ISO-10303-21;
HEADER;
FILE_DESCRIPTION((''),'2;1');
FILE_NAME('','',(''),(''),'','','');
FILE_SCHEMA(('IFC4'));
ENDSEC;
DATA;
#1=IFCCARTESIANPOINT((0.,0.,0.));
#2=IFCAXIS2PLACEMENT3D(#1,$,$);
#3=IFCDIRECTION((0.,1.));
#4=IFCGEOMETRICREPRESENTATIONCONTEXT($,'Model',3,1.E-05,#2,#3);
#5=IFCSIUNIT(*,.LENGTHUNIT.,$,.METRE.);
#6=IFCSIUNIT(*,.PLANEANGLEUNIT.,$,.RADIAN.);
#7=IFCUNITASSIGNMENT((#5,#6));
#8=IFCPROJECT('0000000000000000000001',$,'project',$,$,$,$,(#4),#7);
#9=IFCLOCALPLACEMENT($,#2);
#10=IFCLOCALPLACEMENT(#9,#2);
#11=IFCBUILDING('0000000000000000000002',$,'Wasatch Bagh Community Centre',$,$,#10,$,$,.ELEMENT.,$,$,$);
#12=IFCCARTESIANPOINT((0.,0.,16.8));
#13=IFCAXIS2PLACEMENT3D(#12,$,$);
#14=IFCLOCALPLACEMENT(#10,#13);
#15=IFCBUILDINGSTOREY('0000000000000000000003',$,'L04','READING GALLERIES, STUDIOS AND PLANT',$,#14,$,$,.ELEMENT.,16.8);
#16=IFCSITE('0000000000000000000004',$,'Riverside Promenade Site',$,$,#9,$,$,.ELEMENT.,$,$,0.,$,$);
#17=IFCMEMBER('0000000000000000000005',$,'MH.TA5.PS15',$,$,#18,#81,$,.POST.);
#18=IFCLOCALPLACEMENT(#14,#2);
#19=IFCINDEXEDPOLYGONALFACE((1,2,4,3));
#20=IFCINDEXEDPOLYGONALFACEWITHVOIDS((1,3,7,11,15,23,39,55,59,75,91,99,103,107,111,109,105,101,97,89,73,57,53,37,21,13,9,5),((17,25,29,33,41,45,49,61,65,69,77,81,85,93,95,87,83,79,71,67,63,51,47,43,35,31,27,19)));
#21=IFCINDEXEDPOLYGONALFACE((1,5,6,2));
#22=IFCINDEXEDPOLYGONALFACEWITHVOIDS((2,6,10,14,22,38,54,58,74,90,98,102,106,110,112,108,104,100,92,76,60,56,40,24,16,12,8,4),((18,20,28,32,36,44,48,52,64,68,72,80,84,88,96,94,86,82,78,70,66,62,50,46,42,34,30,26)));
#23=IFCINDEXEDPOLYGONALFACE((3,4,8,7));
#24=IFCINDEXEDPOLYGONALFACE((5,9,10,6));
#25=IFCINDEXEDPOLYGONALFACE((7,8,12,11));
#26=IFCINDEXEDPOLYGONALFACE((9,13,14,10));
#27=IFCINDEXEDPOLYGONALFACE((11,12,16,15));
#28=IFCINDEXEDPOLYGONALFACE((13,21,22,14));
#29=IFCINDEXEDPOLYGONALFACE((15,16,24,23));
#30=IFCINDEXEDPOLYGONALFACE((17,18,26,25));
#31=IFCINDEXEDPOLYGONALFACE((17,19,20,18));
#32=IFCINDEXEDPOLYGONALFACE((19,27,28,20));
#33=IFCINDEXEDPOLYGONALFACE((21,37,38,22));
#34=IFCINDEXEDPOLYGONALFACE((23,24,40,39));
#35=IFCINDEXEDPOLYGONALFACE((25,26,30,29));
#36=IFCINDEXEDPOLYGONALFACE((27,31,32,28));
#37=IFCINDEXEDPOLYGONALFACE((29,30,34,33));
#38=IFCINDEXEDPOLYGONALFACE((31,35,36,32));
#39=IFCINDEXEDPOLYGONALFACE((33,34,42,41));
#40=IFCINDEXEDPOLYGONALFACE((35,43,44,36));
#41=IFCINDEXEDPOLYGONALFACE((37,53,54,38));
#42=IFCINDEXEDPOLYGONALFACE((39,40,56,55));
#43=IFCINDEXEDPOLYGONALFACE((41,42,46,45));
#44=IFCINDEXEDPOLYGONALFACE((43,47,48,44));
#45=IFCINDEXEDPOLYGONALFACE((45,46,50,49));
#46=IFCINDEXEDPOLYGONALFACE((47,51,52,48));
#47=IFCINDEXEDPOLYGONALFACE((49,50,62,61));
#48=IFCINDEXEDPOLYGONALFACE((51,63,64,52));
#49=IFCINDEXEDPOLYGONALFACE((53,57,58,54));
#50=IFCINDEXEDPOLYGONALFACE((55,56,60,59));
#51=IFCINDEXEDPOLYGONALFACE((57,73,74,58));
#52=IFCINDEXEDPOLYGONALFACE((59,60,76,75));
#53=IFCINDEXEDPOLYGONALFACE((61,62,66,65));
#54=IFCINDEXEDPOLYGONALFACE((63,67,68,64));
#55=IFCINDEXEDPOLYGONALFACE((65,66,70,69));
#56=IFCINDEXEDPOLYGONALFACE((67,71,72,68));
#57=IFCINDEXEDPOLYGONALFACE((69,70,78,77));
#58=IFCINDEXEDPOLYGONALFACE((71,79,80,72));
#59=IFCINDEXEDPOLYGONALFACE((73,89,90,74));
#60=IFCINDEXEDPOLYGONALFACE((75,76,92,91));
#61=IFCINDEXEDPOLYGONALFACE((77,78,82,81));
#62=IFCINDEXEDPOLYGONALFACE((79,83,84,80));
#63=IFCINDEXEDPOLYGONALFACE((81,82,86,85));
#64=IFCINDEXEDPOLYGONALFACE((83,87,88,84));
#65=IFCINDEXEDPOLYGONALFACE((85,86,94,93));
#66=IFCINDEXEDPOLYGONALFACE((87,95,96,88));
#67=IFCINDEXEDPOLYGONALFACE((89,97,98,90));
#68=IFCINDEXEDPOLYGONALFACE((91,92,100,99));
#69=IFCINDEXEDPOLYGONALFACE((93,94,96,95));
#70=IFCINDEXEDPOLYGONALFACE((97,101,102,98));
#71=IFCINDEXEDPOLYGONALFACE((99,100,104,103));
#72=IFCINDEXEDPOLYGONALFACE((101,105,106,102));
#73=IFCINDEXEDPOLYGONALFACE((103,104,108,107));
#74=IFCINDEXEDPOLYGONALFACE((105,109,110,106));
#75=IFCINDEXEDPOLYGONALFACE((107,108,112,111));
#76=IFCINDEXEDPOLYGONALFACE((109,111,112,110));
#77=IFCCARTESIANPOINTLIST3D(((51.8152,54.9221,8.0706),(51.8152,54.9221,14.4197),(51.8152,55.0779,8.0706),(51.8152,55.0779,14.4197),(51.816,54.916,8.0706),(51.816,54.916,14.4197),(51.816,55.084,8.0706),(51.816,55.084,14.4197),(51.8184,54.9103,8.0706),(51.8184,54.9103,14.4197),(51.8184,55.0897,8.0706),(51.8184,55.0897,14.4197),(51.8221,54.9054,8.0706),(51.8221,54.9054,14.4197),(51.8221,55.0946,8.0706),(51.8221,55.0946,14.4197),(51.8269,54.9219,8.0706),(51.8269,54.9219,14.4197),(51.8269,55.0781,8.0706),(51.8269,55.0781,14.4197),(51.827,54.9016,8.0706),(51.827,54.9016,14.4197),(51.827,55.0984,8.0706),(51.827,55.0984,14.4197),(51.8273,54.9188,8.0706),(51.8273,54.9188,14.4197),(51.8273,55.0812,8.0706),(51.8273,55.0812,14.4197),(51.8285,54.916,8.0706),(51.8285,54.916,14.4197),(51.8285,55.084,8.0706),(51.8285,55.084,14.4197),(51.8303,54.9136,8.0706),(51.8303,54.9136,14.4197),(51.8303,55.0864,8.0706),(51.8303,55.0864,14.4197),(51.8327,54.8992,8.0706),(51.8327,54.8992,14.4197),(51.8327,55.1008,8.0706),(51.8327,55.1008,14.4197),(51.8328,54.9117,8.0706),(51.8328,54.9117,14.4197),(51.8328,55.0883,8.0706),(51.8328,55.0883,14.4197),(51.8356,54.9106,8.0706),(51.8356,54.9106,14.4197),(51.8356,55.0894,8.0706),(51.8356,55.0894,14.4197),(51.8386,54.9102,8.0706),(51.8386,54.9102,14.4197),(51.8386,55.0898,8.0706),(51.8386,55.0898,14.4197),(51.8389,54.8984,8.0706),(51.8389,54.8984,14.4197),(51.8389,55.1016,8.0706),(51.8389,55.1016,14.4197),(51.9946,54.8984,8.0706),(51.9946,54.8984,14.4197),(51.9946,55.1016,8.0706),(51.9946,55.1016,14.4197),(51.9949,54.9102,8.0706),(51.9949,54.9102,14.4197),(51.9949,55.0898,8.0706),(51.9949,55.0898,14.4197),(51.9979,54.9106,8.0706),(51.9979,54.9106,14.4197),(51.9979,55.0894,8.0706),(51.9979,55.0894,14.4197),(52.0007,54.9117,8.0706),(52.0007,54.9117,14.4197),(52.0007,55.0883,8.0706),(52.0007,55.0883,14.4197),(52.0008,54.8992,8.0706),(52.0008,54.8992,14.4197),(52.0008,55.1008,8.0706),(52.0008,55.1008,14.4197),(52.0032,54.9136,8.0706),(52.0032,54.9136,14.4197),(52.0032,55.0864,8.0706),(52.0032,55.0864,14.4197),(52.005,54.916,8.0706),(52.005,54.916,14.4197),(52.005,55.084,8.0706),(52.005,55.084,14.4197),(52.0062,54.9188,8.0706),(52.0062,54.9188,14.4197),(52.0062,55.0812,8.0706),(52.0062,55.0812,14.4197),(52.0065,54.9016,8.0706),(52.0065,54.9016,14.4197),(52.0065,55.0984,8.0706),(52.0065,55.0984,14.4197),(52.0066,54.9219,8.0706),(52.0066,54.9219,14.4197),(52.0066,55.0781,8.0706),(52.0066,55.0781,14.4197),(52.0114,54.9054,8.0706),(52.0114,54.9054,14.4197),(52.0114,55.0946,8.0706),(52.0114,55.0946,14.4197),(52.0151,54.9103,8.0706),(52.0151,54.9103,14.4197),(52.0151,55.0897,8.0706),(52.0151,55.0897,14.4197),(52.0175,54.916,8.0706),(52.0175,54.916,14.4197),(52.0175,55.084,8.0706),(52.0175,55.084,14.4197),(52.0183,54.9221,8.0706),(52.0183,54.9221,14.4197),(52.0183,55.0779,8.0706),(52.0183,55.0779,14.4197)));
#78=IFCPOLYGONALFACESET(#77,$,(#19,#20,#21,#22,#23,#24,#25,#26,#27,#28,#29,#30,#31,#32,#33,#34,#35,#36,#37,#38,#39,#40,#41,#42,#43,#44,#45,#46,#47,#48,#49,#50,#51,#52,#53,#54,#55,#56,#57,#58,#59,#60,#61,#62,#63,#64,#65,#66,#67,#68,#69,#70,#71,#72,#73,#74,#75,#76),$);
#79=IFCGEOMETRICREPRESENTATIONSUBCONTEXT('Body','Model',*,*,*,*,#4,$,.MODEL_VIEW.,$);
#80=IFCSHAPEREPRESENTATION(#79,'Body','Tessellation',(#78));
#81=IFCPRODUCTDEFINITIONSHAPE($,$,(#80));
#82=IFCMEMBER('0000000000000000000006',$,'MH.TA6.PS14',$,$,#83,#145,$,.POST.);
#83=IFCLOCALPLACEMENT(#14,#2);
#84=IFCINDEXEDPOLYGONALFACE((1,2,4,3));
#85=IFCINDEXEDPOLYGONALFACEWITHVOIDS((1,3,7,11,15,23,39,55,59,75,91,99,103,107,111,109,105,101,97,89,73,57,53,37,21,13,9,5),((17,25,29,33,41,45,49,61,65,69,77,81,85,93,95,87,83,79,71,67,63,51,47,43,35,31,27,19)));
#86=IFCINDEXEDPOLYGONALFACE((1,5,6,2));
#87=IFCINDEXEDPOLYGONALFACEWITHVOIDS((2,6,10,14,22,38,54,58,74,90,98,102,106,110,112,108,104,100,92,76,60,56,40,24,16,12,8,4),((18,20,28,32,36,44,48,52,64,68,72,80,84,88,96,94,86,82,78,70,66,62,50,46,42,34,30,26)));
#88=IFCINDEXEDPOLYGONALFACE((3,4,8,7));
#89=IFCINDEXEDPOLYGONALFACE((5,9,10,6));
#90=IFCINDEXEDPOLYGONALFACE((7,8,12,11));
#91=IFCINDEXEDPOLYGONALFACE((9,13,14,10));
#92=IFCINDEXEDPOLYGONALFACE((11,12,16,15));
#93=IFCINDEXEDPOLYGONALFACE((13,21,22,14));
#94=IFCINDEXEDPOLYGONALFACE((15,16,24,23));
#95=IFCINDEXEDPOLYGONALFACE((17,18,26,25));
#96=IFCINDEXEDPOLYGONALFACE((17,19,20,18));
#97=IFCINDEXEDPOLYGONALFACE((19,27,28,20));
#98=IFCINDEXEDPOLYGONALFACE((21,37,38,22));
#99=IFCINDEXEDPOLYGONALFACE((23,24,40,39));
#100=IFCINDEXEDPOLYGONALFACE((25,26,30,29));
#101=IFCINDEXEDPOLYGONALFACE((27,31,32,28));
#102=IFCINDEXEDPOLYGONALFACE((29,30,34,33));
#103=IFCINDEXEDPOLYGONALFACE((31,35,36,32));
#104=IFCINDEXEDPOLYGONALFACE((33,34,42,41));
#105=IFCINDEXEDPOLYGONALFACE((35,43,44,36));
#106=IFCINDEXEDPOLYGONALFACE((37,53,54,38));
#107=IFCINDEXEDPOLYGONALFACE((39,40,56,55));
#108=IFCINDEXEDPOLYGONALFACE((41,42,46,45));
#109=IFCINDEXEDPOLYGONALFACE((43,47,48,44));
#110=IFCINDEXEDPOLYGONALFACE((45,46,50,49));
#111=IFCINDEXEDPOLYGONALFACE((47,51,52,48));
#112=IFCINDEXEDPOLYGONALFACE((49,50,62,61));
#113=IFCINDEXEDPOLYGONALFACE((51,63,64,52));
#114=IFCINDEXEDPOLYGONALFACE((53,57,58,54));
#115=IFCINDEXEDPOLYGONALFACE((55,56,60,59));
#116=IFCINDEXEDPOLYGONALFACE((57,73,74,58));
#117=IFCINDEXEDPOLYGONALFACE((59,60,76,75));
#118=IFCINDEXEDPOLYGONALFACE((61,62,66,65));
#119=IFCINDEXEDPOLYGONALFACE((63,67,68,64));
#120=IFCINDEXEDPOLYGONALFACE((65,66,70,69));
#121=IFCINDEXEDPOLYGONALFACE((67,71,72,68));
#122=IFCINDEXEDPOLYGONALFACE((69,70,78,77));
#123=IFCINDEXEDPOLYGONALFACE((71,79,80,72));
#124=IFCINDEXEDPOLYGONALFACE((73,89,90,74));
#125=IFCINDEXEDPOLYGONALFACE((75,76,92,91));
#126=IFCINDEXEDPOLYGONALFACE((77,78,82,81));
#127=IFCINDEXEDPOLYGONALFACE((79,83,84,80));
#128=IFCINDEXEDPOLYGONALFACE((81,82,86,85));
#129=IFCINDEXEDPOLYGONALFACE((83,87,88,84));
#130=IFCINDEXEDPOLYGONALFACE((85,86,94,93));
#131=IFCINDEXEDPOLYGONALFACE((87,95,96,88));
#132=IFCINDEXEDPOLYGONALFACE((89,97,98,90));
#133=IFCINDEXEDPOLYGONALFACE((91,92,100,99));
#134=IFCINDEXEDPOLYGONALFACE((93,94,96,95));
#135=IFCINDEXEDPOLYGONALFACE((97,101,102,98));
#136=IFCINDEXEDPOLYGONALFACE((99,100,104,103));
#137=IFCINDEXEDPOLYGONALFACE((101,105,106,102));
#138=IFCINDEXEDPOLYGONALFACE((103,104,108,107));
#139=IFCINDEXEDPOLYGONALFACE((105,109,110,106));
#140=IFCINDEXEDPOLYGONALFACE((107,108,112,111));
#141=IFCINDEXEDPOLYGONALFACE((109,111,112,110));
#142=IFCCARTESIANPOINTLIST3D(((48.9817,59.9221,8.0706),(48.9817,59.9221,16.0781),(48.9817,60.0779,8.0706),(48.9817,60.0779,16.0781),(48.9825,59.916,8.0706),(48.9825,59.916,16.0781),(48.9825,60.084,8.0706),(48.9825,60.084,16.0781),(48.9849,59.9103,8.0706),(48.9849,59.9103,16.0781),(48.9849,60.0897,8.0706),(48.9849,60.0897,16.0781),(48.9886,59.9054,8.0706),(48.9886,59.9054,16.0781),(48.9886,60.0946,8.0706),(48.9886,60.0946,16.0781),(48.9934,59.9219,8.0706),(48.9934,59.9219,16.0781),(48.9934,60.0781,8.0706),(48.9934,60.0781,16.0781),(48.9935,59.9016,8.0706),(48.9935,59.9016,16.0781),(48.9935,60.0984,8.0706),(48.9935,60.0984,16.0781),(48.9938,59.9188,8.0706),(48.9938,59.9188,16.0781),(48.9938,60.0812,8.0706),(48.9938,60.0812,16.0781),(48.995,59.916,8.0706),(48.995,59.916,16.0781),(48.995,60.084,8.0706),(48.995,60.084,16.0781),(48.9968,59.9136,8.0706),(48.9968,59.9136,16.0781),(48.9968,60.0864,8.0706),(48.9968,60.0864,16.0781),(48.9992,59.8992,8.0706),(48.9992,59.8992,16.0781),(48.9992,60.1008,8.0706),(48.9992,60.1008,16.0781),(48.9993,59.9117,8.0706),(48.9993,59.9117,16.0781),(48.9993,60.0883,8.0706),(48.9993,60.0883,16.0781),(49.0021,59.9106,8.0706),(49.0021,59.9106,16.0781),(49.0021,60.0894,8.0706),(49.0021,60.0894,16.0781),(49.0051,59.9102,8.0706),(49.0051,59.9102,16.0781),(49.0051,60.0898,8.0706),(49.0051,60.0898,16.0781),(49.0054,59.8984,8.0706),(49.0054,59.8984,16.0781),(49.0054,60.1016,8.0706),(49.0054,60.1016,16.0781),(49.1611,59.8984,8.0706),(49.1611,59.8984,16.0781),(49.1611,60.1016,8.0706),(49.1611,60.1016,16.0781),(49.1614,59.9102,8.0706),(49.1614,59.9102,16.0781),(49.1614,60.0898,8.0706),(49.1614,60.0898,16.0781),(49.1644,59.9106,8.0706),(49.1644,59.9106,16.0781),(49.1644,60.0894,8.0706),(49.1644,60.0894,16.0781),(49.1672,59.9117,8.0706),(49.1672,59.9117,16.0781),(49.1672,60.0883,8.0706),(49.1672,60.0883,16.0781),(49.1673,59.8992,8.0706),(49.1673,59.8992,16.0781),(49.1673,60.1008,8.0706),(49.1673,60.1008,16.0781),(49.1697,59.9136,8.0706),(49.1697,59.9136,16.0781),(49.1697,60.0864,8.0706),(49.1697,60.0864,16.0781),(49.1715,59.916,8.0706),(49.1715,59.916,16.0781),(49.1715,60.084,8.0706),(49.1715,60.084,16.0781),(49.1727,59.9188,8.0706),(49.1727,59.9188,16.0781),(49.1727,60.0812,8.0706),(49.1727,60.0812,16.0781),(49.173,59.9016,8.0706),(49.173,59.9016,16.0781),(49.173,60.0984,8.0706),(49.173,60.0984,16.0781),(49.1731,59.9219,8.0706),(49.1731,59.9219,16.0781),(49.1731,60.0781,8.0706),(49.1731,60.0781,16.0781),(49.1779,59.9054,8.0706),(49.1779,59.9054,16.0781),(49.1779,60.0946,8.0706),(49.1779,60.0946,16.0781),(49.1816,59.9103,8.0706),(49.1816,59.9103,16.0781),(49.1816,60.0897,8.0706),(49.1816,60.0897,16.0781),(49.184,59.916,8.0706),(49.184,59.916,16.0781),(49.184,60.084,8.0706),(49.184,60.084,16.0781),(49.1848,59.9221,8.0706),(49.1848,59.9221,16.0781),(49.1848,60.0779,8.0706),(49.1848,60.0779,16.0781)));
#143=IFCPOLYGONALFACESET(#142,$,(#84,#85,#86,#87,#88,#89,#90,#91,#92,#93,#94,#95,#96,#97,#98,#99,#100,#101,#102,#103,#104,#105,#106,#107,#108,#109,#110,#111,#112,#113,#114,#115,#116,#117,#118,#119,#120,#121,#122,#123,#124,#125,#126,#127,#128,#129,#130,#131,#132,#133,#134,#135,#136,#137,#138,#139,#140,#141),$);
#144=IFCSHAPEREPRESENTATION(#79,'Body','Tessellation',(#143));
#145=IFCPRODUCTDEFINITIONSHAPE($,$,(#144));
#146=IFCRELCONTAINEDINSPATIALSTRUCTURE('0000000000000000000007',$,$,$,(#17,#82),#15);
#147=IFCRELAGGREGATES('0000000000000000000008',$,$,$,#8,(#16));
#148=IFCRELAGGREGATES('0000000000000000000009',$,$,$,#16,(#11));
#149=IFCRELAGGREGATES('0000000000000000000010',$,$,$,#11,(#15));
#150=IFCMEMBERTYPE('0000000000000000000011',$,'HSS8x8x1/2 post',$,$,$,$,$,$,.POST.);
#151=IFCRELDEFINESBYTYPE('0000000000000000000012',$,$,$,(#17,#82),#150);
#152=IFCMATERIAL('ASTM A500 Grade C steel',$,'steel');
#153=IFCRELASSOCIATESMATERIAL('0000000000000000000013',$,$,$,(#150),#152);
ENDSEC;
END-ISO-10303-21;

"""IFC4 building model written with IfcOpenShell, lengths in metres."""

from ifc_helpers import new_model, si_unit, direction, frame, origin, origin_2d, place, context, subcontext, project, spatial, hollow_rectangle, extrude, material, material_profile, profile_set, type_object, element, save


model = new_model("IFC4")

# Units and contexts
model_context = context("Model", 3, precision=1e-05, world=origin(), true_north=direction((0.0, 1.0)))
body_context = subcontext(model_context, "Body", "Model", "MODEL_VIEW")
ifc_project = project(units=[si_unit("LENGTHUNIT", "METRE"), si_unit("PLANEANGLEUNIT", "RADIAN")], contexts=[model_context])

# Site, building, storey
site_placement = place(None, origin())
site = spatial("IfcSite", under=ifc_project, at=site_placement, Name="Riverside Promenade Site", CompositionType="ELEMENT", RefElevation=0.0)
building_placement = place(site_placement, origin())
building = spatial("IfcBuilding", under=site, at=building_placement, Name="Wasatch Bagh Community Centre", CompositionType="ELEMENT")
storey_placement = place(building_placement, frame((0.0, 0.0, 16.8)))
storey = spatial("IfcBuildingStorey", under=building, at=storey_placement, Name="L04", Description="READING GALLERIES, STUDIOS AND PLANT", CompositionType="ELEMENT", Elevation=16.8)

# Members
ifc_material_1 = material(Name="ASTM A500 Grade C steel", Category="steel")
ifc_material_profile_1 = material_profile(ifc_material_1, hollow_rectangle(XDim=0.2031, YDim=0.2031, WallThickness=0.0117, InnerFilletRadius=0.0117, OuterFilletRadius=0.0237, at=origin_2d()), Name="HSS8x8x1/2")
ifc_profile_set_1 = profile_set([ifc_material_profile_1], Name="ASTM A500 Grade C steel")
member_type_1 = type_object("IfcMemberType", Name="HSS8x8x1/2 post", PredefinedType="POST", material=ifc_profile_set_1)
member_1_placement = place(storey_placement, frame((51.9167, 55.0, 8.0706), z_axis=(0.0, 0.0, 1.0), x_axis=(1.0, 0.0, 0.0)))
element("IfcMember", 1, at=member_1_placement, inside=storey, type_object=member_type_1, Name="MH.TA5.PS15", PredefinedType="POST", context=body_context, shape_type="SweptSolid", body=[
    extrude(hollow_rectangle(XDim=0.2031, YDim=0.2031, WallThickness=0.0117, InnerFilletRadius=0.0117, OuterFilletRadius=0.0237, at=origin_2d()), origin(), (0.0, 0.0, 1.0), 6.3491),
])
member_2_placement = place(storey_placement, frame((49.0833, 60.0, 8.0706), z_axis=(0.0, 0.0, 1.0), x_axis=(1.0, 0.0, 0.0)))
element("IfcMember", 2, at=member_2_placement, inside=storey, type_object=member_type_1, Name="MH.TA6.PS14", PredefinedType="POST", context=body_context, shape_type="SweptSolid", body=[
    extrude(hollow_rectangle(XDim=0.2031, YDim=0.2031, WallThickness=0.0117, InnerFilletRadius=0.0117, OuterFilletRadius=0.0237, at=origin_2d()), origin(), (0.0, 0.0, 1.0), 8.0076),
])

save(model, "model.ifc")
